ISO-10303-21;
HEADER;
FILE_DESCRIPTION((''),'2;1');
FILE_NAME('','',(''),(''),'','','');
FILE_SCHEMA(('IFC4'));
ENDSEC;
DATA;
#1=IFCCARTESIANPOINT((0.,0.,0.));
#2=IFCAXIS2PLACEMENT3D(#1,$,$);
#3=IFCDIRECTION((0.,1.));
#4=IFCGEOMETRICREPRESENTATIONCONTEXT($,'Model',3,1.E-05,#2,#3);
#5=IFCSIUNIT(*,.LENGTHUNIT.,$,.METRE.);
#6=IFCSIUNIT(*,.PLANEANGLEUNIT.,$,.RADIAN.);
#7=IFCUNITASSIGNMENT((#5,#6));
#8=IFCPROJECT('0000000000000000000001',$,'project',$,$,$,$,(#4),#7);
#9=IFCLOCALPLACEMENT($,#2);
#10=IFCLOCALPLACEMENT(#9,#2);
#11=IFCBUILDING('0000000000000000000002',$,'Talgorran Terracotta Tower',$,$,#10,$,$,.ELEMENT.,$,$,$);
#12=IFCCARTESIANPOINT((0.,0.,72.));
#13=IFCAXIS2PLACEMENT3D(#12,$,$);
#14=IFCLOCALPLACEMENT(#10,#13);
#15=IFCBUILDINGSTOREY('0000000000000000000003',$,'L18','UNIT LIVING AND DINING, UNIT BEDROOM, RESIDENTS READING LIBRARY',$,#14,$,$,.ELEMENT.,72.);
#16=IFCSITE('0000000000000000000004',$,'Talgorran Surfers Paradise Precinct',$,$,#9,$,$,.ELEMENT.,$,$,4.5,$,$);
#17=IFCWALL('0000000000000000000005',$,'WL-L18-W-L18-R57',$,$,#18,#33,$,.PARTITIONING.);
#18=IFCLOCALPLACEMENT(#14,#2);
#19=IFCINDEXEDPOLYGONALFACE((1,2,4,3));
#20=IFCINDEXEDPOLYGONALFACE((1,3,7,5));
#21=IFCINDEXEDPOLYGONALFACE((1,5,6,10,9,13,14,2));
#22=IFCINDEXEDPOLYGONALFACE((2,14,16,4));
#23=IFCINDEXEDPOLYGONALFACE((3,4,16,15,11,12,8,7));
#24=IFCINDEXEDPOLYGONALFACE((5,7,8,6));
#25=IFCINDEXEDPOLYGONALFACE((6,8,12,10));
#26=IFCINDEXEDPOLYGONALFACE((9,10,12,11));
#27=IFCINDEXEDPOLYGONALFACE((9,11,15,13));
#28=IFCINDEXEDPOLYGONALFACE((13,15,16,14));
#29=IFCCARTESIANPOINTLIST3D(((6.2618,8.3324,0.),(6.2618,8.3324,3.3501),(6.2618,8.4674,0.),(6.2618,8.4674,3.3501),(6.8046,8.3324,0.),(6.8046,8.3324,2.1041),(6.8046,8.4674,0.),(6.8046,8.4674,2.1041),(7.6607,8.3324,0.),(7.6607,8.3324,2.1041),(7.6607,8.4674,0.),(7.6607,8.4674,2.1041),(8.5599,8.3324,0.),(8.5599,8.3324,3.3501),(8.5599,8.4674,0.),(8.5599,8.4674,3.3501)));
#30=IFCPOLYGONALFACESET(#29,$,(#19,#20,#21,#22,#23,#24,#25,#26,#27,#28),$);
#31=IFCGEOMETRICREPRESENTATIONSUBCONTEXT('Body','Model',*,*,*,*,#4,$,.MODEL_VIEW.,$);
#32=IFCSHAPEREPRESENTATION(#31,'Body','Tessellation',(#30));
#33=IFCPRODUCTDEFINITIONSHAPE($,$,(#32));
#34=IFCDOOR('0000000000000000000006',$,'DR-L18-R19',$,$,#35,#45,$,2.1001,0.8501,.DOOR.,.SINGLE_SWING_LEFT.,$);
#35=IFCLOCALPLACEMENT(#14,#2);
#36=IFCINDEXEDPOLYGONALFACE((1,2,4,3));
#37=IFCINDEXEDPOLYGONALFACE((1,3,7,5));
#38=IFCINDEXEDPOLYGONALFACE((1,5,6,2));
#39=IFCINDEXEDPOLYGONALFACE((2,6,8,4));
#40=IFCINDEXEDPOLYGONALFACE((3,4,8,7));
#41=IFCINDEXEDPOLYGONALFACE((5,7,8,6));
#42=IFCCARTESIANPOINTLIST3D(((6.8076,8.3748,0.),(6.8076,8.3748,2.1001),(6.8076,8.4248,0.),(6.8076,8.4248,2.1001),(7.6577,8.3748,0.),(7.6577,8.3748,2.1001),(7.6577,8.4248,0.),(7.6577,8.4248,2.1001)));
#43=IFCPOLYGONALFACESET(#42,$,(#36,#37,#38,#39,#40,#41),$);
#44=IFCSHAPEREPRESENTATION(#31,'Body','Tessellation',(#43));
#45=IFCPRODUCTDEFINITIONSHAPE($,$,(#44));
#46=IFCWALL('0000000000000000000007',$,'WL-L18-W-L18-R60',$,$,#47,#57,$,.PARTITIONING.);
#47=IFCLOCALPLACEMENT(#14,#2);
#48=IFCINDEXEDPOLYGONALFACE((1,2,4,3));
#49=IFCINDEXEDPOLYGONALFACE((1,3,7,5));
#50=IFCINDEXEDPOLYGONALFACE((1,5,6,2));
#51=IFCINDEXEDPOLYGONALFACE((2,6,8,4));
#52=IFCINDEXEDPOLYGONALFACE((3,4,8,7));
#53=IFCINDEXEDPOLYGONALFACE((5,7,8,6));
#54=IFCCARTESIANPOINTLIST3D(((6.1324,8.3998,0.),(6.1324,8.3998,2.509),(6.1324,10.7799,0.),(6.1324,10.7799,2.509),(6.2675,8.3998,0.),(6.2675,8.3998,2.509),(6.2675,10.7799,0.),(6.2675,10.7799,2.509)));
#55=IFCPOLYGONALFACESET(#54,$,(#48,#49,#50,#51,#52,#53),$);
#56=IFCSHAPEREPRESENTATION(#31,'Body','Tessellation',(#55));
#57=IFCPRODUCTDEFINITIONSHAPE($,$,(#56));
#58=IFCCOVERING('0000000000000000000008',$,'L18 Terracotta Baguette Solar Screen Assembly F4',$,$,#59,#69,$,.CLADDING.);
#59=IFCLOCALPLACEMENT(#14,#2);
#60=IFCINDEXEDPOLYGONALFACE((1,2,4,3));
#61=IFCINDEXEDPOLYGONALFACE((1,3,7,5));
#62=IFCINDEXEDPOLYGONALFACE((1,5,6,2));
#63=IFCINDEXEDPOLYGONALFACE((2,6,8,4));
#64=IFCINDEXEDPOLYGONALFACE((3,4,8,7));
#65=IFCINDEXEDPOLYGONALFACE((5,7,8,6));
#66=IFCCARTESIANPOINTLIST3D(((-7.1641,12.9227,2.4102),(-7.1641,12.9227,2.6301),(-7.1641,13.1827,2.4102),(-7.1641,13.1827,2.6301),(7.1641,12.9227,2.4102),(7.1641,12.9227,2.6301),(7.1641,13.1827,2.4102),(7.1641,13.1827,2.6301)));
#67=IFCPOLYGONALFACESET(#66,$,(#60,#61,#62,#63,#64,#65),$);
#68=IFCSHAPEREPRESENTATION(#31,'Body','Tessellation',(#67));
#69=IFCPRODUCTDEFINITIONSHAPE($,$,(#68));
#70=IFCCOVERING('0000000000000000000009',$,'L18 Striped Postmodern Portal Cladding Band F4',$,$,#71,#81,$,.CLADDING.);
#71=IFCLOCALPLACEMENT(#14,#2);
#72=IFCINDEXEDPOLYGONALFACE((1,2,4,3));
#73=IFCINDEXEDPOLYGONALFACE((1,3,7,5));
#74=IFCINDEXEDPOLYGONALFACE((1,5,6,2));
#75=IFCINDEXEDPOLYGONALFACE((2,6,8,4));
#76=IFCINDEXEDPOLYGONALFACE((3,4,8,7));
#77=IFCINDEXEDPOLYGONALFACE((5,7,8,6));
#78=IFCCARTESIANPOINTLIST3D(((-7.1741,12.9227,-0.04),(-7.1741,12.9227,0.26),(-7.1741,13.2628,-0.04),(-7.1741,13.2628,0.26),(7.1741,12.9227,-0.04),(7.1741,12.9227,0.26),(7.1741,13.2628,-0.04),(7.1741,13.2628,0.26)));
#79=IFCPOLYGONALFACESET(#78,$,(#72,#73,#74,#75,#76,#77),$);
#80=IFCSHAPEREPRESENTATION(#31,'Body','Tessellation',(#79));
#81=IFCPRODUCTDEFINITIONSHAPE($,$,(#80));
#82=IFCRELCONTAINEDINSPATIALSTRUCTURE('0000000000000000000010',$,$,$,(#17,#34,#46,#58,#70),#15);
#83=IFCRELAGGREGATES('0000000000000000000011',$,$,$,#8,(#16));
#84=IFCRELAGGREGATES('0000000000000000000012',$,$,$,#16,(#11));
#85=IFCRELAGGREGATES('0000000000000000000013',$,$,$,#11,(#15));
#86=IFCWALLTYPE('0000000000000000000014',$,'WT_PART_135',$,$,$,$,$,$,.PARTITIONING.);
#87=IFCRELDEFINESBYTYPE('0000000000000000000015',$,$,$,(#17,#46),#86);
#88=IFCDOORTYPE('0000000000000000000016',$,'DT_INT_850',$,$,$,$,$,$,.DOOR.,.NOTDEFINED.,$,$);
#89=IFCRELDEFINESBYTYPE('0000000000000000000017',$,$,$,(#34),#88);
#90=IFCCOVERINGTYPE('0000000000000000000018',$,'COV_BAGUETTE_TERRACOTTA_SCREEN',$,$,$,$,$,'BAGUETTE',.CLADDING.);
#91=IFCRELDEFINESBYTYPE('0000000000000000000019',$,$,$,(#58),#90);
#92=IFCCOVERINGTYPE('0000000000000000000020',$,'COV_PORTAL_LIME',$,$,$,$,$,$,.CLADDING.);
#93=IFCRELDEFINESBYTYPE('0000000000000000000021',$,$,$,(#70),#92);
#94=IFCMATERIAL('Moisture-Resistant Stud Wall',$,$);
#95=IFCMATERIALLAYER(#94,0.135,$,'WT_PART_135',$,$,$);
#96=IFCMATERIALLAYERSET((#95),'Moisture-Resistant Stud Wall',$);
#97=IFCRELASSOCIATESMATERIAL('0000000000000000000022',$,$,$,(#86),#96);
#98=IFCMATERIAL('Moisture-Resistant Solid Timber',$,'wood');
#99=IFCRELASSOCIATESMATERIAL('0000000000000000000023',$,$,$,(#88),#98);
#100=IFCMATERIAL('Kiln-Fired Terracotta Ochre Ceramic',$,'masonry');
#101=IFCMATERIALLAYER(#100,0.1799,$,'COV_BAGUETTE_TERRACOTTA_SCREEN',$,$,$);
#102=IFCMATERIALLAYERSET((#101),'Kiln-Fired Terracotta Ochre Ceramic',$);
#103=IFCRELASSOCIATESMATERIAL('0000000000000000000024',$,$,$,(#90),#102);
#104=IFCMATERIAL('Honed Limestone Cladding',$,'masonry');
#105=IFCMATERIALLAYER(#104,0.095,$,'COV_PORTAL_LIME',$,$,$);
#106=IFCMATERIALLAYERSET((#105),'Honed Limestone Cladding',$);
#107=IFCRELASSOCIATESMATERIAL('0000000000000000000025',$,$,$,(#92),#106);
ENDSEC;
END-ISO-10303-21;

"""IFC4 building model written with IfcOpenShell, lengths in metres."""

from ifc_helpers import new_model, si_unit, direction, frame, frame_2d, origin, origin_2d, place, context, subcontext, project, spatial, rectangle, extrude, material, layer, layer_set, type_object, element, fill, save


model = new_model("IFC4")

# Units and contexts
model_context = context("Model", 3, precision=1e-05, world=origin(), true_north=direction((0.0, 1.0)))
body_context = subcontext(model_context, "Body", "Model", "MODEL_VIEW")
ifc_project = project(units=[si_unit("LENGTHUNIT", "METRE"), si_unit("PLANEANGLEUNIT", "RADIAN")], contexts=[model_context])

# Site, building, storey
site_placement = place(None, origin())
site = spatial("IfcSite", under=ifc_project, at=site_placement, Name="Talgorran Surfers Paradise Precinct", CompositionType="ELEMENT", RefElevation=4.5)
building_placement = place(site_placement, origin())
building = spatial("IfcBuilding", under=site, at=building_placement, Name="Talgorran Terracotta Tower", CompositionType="ELEMENT")
storey_placement = place(building_placement, frame((0.0, 0.0, 72.0)))
storey = spatial("IfcBuildingStorey", under=building, at=storey_placement, Name="L18", Description="UNIT LIVING AND DINING, UNIT BEDROOM, RESIDENTS READING LIBRARY", CompositionType="ELEMENT", Elevation=72.0)

# Shared definitions
ifc_material_1 = material(Name="Moisture-Resistant Stud Wall")
ifc_layer_1 = layer(ifc_material_1, 0.135, Name="WT_PART_135")
ifc_layer_set_1 = layer_set([ifc_layer_1], Name="Moisture-Resistant Stud Wall")
wall_type_1 = type_object("IfcWallType", Name="WT_PART_135", PredefinedType="PARTITIONING", material=ifc_layer_set_1)

# Wall, opening, door
wall_1_placement = place(storey_placement, frame((6.262, 8.3999, 0.0), z_axis=(0.0, 0.0, 1.0), x_axis=(1.0, 0.0, 0.0)))
wall_1 = element("IfcWall", 1, at=wall_1_placement, inside=storey, type_object=wall_type_1, Name="WL-L18-W-L18-R57", PredefinedType="PARTITIONING", context=body_context, shape_type="SweptSolid", body=[
    extrude(rectangle(XDim=2.2981, YDim=0.135, at=frame_2d((1.1489, 0.0))), origin(), (0.0, 0.0, 1.0), 3.3501),
])
opening_1_placement = place(wall_1_placement, frame((0.5457, 0.0, 0.0)))
opening_1 = element("IfcOpeningElement", 2, at=opening_1_placement, cuts=wall_1, PredefinedType="OPENING", context=body_context, shape_type="SweptSolid", body=[
    extrude(rectangle(XDim=0.8561, YDim=2.1041, at=frame_2d((0.425, 1.052))), frame((0.0, 0.0776, 0.0), z_axis=(0.0, -1.0, 0.0), x_axis=(1.0, 0.0, 0.0)), (0.0, 0.0, 1.0), 0.155),
])
ifc_material_2 = material(Name="Moisture-Resistant Solid Timber", Category="wood")
door_type_1 = type_object("IfcDoorType", Name="DT_INT_850", OperationType="NOTDEFINED", PredefinedType="DOOR", material=ifc_material_2)
door_1_placement = place(opening_1_placement, origin())
door_1 = element("IfcDoor", 3, at=door_1_placement, inside=storey, type_object=door_type_1, Name="DR-L18-R19", OperationType="SINGLE_SWING_LEFT", OverallHeight=2.1001, OverallWidth=0.8501, PredefinedType="DOOR", context=body_context, shape_type="SweptSolid", body=[
    extrude(rectangle(XDim=0.8501, YDim=2.1001, at=frame_2d((0.425, 1.05))), frame((0.0, 0.0249, 0.0), z_axis=(0.0, -1.0, 0.0), x_axis=(1.0, 0.0, 0.0)), (0.0, 0.0, 1.0), 0.05),
])
fill(opening_1, door_1)

# Wall
wall_2_placement = place(storey_placement, frame((6.2, 8.3999, 0.0), z_axis=(0.0, 0.0, 1.0), x_axis=(0.0, 1.0, 0.0)))
element("IfcWall", 4, at=wall_2_placement, inside=storey, type_object=wall_type_1, Name="WL-L18-W-L18-R60", PredefinedType="PARTITIONING", context=body_context, shape_type="SweptSolid", body=[
    extrude(rectangle(XDim=2.3801, YDim=0.135, at=frame_2d((1.1899, 0.0))), origin(), (0.0, 0.0, 1.0), 2.509),
])

# Coverings
ifc_material_3 = material(Name="Kiln-Fired Terracotta Ochre Ceramic", Category="masonry")
ifc_layer_2 = layer(ifc_material_3, 0.1799, Name="COV_BAGUETTE_TERRACOTTA_SCREEN")
ifc_layer_set_2 = layer_set([ifc_layer_2], Name="Kiln-Fired Terracotta Ochre Ceramic")
covering_type_1 = type_object("IfcCoveringType", Name="COV_BAGUETTE_TERRACOTTA_SCREEN", ElementType="BAGUETTE", PredefinedType="CLADDING", material=ifc_layer_set_2)
covering_1_placement = place(storey_placement, frame((0.0, 13.0527, 2.4102), z_axis=(0.0, 0.0, 1.0), x_axis=(-1.0, 0.0, 0.0)))
element("IfcCovering", 5, at=covering_1_placement, inside=storey, type_object=covering_type_1, Name="L18 Terracotta Baguette Solar Screen Assembly F4", PredefinedType="CLADDING", context=body_context, shape_type="SweptSolid", body=[
    extrude(rectangle(XDim=14.3281, YDim=0.26, at=origin_2d()), origin(), (0.0, 0.0, 1.0), 0.22),
])
ifc_material_4 = material(Name="Honed Limestone Cladding", Category="masonry")
ifc_layer_3 = layer(ifc_material_4, 0.095, Name="COV_PORTAL_LIME")
ifc_layer_set_3 = layer_set([ifc_layer_3], Name="Honed Limestone Cladding")
covering_type_2 = type_object("IfcCoveringType", Name="COV_PORTAL_LIME", PredefinedType="CLADDING", material=ifc_layer_set_3)
covering_2_placement = place(storey_placement, frame((0.0, 13.0928, -0.04), z_axis=(0.0, 0.0, 1.0), x_axis=(-1.0, 0.0, 0.0)))
element("IfcCovering", 6, at=covering_2_placement, inside=storey, type_object=covering_type_2, Name="L18 Striped Postmodern Portal Cladding Band F4", PredefinedType="CLADDING", context=body_context, shape_type="SweptSolid", body=[
    extrude(rectangle(XDim=14.3481, YDim=0.3401, at=origin_2d()), origin(), (0.0, 0.0, 1.0), 0.3),
])

save(model, "model.ifc")
